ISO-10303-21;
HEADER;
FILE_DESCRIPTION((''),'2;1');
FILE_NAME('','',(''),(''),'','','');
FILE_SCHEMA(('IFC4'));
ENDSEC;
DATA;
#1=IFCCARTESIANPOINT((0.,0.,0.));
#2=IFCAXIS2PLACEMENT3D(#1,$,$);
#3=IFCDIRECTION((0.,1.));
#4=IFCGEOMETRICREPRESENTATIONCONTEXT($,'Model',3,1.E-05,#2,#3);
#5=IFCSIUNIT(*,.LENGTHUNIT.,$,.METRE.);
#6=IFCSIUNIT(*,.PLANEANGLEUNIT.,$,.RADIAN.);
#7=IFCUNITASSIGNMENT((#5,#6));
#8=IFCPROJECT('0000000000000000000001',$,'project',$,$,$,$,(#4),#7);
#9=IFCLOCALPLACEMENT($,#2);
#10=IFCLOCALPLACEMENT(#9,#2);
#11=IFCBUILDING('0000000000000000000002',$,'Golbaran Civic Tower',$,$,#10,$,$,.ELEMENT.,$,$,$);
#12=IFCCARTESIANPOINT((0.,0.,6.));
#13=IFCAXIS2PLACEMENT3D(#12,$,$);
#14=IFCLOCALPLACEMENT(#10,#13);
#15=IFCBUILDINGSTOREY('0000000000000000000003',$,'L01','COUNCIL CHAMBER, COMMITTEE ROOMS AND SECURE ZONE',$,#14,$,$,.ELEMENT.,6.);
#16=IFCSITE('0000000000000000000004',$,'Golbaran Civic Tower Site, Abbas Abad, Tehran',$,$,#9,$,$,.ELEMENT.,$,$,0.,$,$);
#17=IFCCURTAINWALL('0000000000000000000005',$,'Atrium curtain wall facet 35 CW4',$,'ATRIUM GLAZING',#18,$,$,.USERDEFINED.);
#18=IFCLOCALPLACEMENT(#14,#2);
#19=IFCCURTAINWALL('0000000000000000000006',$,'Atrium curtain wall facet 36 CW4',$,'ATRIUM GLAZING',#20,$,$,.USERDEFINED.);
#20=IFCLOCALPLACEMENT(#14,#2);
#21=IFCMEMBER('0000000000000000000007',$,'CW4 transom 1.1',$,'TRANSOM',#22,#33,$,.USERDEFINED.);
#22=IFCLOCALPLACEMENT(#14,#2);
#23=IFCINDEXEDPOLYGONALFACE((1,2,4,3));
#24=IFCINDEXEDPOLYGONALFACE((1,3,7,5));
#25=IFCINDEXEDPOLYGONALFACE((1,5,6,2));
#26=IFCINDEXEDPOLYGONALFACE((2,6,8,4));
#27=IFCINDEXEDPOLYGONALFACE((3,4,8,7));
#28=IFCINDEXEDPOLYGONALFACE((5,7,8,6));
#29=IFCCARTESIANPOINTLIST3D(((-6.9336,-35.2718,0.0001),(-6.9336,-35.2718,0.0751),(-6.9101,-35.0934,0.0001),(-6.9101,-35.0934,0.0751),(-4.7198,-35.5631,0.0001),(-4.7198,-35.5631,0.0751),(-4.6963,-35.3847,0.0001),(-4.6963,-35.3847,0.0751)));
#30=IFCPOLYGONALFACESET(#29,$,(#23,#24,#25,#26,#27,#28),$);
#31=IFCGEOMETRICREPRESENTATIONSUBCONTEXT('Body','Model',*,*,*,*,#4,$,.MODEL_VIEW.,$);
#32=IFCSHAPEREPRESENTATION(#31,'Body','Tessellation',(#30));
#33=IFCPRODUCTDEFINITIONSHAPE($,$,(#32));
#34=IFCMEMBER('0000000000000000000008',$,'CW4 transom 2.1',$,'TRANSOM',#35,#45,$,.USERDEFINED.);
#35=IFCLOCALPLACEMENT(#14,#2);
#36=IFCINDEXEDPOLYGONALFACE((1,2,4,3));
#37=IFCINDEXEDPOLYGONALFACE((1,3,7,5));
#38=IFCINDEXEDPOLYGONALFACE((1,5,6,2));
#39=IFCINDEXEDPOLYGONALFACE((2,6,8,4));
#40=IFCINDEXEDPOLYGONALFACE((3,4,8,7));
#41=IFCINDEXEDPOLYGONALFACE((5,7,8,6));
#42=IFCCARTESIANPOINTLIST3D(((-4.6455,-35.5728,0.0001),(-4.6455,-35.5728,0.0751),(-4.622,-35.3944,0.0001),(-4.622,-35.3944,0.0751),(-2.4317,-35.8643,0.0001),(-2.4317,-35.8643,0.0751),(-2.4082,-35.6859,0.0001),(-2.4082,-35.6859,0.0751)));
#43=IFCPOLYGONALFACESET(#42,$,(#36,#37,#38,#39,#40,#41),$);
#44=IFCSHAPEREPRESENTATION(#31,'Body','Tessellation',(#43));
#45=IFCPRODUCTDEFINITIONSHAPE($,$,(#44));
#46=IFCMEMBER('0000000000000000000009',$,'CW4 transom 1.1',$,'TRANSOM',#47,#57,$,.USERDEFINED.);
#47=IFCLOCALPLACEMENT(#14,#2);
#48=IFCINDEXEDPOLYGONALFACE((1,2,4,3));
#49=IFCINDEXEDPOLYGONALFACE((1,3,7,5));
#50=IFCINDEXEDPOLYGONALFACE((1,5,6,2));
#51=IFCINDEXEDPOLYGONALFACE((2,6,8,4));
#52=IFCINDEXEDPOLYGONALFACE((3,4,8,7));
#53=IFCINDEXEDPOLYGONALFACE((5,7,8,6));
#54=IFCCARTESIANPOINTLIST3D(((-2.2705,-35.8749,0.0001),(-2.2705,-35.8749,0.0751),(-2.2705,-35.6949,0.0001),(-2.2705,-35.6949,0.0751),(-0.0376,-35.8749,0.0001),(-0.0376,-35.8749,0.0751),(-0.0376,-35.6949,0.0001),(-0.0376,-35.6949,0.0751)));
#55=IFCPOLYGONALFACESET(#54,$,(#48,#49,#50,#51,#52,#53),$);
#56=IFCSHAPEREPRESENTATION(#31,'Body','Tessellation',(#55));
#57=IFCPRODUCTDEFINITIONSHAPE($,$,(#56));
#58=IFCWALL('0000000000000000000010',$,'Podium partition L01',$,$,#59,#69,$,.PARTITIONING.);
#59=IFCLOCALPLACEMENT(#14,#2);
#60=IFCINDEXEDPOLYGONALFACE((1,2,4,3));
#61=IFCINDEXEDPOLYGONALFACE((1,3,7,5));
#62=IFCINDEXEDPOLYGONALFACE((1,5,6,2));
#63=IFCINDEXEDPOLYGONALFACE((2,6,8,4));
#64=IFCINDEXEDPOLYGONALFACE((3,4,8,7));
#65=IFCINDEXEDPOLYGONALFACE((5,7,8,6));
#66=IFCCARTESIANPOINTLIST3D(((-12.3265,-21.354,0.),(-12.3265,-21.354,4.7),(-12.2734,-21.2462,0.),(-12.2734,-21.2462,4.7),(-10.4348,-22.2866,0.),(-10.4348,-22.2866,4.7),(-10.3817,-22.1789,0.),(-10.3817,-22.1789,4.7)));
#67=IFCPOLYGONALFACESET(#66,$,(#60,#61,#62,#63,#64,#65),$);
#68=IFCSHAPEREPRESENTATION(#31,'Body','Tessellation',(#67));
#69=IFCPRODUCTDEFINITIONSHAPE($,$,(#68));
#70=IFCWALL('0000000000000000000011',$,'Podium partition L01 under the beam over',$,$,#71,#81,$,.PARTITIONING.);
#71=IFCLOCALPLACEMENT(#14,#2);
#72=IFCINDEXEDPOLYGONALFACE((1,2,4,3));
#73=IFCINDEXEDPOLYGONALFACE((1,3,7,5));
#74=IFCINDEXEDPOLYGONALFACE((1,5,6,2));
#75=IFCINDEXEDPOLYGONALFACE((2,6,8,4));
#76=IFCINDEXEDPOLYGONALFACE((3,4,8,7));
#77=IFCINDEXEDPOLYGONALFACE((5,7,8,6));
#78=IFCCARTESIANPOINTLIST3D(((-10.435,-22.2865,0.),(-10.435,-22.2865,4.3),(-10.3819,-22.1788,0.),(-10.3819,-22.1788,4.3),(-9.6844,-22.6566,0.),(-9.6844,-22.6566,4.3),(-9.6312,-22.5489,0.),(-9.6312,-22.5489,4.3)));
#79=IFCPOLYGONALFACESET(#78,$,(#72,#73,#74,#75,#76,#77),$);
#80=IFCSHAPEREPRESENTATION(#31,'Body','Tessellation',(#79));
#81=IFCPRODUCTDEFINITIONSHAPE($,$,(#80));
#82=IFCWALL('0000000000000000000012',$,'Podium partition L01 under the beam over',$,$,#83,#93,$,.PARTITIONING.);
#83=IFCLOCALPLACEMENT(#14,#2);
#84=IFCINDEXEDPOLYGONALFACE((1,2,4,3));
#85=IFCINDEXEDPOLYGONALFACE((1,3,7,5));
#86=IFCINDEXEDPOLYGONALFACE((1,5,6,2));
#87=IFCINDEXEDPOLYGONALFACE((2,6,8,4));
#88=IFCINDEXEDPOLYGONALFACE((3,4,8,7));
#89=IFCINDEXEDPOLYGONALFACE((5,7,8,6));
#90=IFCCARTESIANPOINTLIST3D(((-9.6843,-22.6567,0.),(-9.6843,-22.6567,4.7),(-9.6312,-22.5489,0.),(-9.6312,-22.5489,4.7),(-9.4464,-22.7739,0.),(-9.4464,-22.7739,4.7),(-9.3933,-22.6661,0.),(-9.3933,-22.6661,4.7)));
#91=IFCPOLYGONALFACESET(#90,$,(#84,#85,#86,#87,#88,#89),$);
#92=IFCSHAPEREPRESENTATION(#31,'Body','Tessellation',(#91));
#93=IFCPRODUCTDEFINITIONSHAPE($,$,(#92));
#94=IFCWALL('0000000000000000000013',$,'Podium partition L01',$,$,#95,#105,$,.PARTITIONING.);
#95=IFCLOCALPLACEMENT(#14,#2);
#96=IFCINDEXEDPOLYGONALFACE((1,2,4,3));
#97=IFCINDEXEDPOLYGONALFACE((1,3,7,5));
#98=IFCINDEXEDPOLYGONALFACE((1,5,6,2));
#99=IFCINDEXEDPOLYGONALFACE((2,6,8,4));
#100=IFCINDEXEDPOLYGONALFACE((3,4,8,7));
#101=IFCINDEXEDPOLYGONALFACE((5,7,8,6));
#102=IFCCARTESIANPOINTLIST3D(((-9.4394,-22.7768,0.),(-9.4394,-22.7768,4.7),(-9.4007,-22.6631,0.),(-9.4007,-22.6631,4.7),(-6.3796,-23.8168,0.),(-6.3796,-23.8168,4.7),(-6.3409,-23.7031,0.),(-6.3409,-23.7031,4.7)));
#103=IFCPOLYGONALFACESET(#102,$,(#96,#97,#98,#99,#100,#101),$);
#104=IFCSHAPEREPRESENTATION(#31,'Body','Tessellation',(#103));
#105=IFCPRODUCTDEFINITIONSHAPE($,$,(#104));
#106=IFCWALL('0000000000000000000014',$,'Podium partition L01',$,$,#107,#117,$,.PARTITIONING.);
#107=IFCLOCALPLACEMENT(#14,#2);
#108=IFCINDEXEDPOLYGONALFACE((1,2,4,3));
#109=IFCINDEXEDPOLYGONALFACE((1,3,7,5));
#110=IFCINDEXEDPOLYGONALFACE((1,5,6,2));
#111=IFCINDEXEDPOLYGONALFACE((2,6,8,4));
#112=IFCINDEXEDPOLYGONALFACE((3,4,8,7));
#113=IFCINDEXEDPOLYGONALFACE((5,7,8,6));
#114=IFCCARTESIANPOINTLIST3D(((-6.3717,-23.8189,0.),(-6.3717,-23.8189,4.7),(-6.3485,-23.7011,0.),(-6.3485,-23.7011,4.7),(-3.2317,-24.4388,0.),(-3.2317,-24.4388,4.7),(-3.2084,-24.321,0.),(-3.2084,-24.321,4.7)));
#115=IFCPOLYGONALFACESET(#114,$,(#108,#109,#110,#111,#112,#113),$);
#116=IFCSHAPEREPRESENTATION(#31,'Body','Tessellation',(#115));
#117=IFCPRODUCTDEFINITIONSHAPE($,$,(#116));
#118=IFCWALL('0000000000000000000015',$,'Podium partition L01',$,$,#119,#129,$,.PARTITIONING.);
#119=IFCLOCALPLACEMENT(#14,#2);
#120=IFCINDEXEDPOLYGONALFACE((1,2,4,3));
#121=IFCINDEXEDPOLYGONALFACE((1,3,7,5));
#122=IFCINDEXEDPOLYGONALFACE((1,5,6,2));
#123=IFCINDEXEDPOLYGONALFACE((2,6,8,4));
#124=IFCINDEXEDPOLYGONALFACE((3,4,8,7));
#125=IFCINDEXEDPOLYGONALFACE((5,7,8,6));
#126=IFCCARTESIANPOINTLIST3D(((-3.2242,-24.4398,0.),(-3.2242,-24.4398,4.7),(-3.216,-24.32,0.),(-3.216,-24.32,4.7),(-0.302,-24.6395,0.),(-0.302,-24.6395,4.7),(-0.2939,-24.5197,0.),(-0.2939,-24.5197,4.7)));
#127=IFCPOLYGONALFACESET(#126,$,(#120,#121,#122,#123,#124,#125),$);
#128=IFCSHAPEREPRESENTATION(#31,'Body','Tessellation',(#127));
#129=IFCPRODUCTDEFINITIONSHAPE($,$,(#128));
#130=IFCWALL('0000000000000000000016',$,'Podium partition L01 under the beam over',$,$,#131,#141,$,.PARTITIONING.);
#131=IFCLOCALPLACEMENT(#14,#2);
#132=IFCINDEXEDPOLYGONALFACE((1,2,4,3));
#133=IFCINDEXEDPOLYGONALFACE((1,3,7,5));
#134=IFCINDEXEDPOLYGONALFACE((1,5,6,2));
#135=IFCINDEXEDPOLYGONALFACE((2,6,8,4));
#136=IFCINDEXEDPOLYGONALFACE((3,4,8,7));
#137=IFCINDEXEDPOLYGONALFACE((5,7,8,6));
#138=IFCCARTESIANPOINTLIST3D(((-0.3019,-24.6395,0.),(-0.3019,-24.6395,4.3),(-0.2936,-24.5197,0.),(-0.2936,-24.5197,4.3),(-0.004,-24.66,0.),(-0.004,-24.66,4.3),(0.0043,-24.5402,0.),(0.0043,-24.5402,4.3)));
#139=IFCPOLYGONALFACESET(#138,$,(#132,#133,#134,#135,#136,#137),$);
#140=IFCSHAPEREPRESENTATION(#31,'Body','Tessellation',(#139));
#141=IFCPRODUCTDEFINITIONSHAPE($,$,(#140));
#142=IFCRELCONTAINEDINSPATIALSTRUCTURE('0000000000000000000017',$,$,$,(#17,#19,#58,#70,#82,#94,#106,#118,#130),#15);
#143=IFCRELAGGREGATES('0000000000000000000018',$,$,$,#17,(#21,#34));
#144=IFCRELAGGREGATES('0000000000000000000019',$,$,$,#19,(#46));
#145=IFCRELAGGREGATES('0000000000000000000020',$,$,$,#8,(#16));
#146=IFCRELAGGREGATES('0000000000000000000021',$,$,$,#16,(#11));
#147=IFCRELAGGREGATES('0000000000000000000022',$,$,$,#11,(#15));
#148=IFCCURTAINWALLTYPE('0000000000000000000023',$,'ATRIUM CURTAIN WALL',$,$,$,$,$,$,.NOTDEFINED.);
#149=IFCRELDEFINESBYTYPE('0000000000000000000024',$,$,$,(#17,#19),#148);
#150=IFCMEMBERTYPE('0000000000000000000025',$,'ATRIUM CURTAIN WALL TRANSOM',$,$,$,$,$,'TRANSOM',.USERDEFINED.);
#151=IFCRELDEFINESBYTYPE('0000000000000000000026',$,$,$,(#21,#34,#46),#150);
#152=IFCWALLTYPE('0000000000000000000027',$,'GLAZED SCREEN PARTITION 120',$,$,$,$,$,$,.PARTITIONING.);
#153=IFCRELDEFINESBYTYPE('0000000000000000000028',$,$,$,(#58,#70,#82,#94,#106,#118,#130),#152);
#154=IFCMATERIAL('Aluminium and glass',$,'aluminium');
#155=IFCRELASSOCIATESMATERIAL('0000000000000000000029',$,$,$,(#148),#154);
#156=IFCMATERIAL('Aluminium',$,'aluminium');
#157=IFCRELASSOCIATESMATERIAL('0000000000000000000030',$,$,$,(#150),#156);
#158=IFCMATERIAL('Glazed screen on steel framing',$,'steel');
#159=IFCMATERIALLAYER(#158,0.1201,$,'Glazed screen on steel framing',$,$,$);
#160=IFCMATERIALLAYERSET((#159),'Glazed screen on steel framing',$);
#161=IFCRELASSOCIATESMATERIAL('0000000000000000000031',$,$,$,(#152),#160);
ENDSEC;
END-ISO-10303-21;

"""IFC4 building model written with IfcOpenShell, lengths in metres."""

from ifc_helpers import new_model, si_unit, direction, frame, frame_2d, origin, origin_2d, place, context, subcontext, project, spatial, rectangle, extrude, material, layer, layer_set, material_profile, profile_set, type_object, element, aggregate, save


model = new_model("IFC4")

# Units and contexts
model_context = context("Model", 3, precision=1e-05, world=origin(), true_north=direction((0.0, 1.0)))
body_context = subcontext(model_context, "Body", "Model", "MODEL_VIEW")
ifc_project = project(units=[si_unit("LENGTHUNIT", "METRE"), si_unit("PLANEANGLEUNIT", "RADIAN")], contexts=[model_context])

# Site, building, storey
site_placement = place(None, origin())
site = spatial("IfcSite", under=ifc_project, at=site_placement, Name="Golbaran Civic Tower Site, Abbas Abad, Tehran", CompositionType="ELEMENT", RefElevation=0.0)
building_placement = place(site_placement, origin())
building = spatial("IfcBuilding", under=site, at=building_placement, Name="Golbaran Civic Tower", CompositionType="ELEMENT")
storey_placement = place(building_placement, frame((0.0, 0.0, 6.0)))
storey = spatial("IfcBuildingStorey", under=building, at=storey_placement, Name="L01", Description="COUNCIL CHAMBER, COMMITTEE ROOMS AND SECURE ZONE", CompositionType="ELEMENT", Elevation=6.0)

# Shared definitions
ifc_material_1 = material(Name="Aluminium and glass", Category="aluminium")
curtain_wall_type = type_object("IfcCurtainWallType", Name="ATRIUM CURTAIN WALL", PredefinedType="NOTDEFINED", material=ifc_material_1)
ifc_material_2 = material(Name="Aluminium", Category="aluminium")

# Curtain walls
curtain_wall_1_placement = place(storey_placement, origin())
curtain_wall_1 = element("IfcCurtainWall", 1, at=curtain_wall_1_placement, inside=storey, type_object=curtain_wall_type, Name="Atrium curtain wall facet 35 CW4", ObjectType="ATRIUM GLAZING", PredefinedType="USERDEFINED")
curtain_wall_2_placement = place(storey_placement, origin())
curtain_wall_2 = element("IfcCurtainWall", 2, at=curtain_wall_2_placement, inside=storey, type_object=curtain_wall_type, Name="Atrium curtain wall facet 36 CW4", ObjectType="ATRIUM GLAZING", PredefinedType="USERDEFINED")

# Members
ifc_material_profile_1 = material_profile(ifc_material_2, rectangle(XDim=0.1799, YDim=0.075, at=origin_2d()), Name="ATRIUM CURTAIN WALL TRANSOM")
ifc_profile_set_1 = profile_set([ifc_material_profile_1], Name="Aluminium")
member_type_1 = type_object("IfcMemberType", Name="ATRIUM CURTAIN WALL TRANSOM", ElementType="TRANSOM", PredefinedType="USERDEFINED", material=ifc_profile_set_1)
member_1_placement = place(storey_placement, frame((-6.9219, -35.1826, 0.0376), z_axis=(0.991457, -0.130438, 0.0), x_axis=(0.130438, 0.991457, 0.0)))
member_1 = element("IfcMember", 3, at=member_1_placement, type_object=member_type_1, Name="CW4 transom 1.1", ObjectType="TRANSOM", PredefinedType="USERDEFINED", context=body_context, shape_type="SweptSolid", body=[
    extrude(rectangle(XDim=0.1799, YDim=0.075, at=origin_2d()), origin(), (0.0, 0.0, 1.0), 2.2329),
])
member_2_placement = place(storey_placement, frame((-4.6338, -35.4836, 0.0376), z_axis=(0.991442, -0.130545, 0.0), x_axis=(0.130545, 0.991442, 0.0)))
member_2 = element("IfcMember", 4, at=member_2_placement, type_object=member_type_1, Name="CW4 transom 2.1", ObjectType="TRANSOM", PredefinedType="USERDEFINED", context=body_context, shape_type="SweptSolid", body=[
    extrude(rectangle(XDim=0.1799, YDim=0.075, at=origin_2d()), origin(), (0.0, 0.0, 1.0), 2.2329),
])
aggregate(curtain_wall_1, [member_1, member_2])
member_3_placement = place(storey_placement, frame((-2.2705, -35.7849, 0.0376), z_axis=(1.0, 0.0, 0.0), x_axis=(0.0, 1.0, 0.0)))
member_3 = element("IfcMember", 5, at=member_3_placement, type_object=member_type_1, Name="CW4 transom 1.1", ObjectType="TRANSOM", PredefinedType="USERDEFINED", context=body_context, shape_type="SweptSolid", body=[
    extrude(rectangle(XDim=0.1799, YDim=0.075, at=origin_2d()), origin(), (0.0, 0.0, 1.0), 2.2329),
])
aggregate(curtain_wall_2, [member_3])

# Walls
ifc_material_3 = material(Name="Glazed screen on steel framing", Category="steel")
ifc_layer = layer(ifc_material_3, 0.1201, Name="Glazed screen on steel framing")
ifc_layer_set = layer_set([ifc_layer], Name="Glazed screen on steel framing")
wall_type = type_object("IfcWallType", Name="GLAZED SCREEN PARTITION 120", PredefinedType="PARTITIONING", material=ifc_layer_set)
wall_1_placement = place(storey_placement, frame((-12.3, -21.3, 0.0), z_axis=(0.0, 0.0, 1.0), x_axis=(0.896914, -0.442206, 0.0)))
element("IfcWall", 6, at=wall_1_placement, inside=storey, type_object=wall_type, Name="Podium partition L01", PredefinedType="PARTITIONING", context=body_context, shape_type="SweptSolid", body=[
    extrude(rectangle(XDim=2.1091, YDim=0.1201, at=frame_2d((1.0547, 0.0))), origin(), (0.0, 0.0, 1.0), 4.7),
])
wall_2_placement = place(storey_placement, frame((-10.4084, -22.2327, 0.0), z_axis=(0.0, 0.0, 1.0), x_axis=(0.896922, -0.44219, 0.0)))
element("IfcWall", 7, at=wall_2_placement, inside=storey, type_object=wall_type, Name="Podium partition L01 under the beam over", PredefinedType="PARTITIONING", context=body_context, shape_type="SweptSolid", body=[
    extrude(rectangle(XDim=0.8369, YDim=0.1201, at=frame_2d((0.4185, 0.0))), origin(), (0.0, 0.0, 1.0), 4.3),
])
wall_3_placement = place(storey_placement, frame((-9.6577, -22.6028, 0.0), z_axis=(0.0, 0.0, 1.0), x_axis=(0.896991, -0.442049, 0.0)))
element("IfcWall", 8, at=wall_3_placement, inside=storey, type_object=wall_type, Name="Podium partition L01 under the beam over", PredefinedType="PARTITIONING", context=body_context, shape_type="SweptSolid", body=[
    extrude(rectangle(XDim=0.2651, YDim=0.1201, at=frame_2d((0.1326, 0.0))), origin(), (0.0, 0.0, 1.0), 4.7),
])
wall_4_placement = place(storey_placement, frame((-9.4199, -22.72, 0.0), z_axis=(0.0, 0.0, 1.0), x_axis=(0.946801, -0.32182, 0.0)))
element("IfcWall", 9, at=wall_4_placement, inside=storey, type_object=wall_type, Name="Podium partition L01", PredefinedType="PARTITIONING", context=body_context, shape_type="SweptSolid", body=[
    extrude(rectangle(XDim=3.2317, YDim=0.1201, at=frame_2d((1.6157, 0.0))), origin(), (0.0, 0.0, 1.0), 4.7),
])
wall_5_placement = place(storey_placement, frame((-6.3601, -23.76, 0.0), z_axis=(0.0, 0.0, 1.0), x_axis=(0.981068, -0.193666, 0.0)))
element("IfcWall", 10, at=wall_5_placement, inside=storey, type_object=wall_type, Name="Podium partition L01", PredefinedType="PARTITIONING", context=body_context, shape_type="SweptSolid", body=[
    extrude(rectangle(XDim=3.2007, YDim=0.1201, at=frame_2d((1.6003, 0.0))), origin(), (0.0, 0.0, 1.0), 4.7),
])
wall_6_placement = place(storey_placement, frame((-3.22, -24.3799, 0.0), z_axis=(0.0, 0.0, 1.0), x_axis=(0.997673, -0.068184, 0.0)))
element("IfcWall", 11, at=wall_6_placement, inside=storey, type_object=wall_type, Name="Podium partition L01", PredefinedType="PARTITIONING", context=body_context, shape_type="SweptSolid", body=[
    extrude(rectangle(XDim=2.929, YDim=0.1201, at=frame_2d((1.4644, 0.0))), origin(), (0.0, 0.0, 1.0), 4.7),
])
wall_7_placement = place(storey_placement, frame((-0.2979, -24.5796, 0.0), z_axis=(0.0, 0.0, 1.0), x_axis=(0.997638, -0.06869, 0.0)))
element("IfcWall", 12, at=wall_7_placement, inside=storey, type_object=wall_type, Name="Podium partition L01 under the beam over", PredefinedType="PARTITIONING", context=body_context, shape_type="SweptSolid", body=[
    extrude(rectangle(XDim=0.2986, YDim=0.1201, at=frame_2d((0.1494, 0.0))), origin(), (0.0, 0.0, 1.0), 4.3),
])

save(model, "model.ifc")
